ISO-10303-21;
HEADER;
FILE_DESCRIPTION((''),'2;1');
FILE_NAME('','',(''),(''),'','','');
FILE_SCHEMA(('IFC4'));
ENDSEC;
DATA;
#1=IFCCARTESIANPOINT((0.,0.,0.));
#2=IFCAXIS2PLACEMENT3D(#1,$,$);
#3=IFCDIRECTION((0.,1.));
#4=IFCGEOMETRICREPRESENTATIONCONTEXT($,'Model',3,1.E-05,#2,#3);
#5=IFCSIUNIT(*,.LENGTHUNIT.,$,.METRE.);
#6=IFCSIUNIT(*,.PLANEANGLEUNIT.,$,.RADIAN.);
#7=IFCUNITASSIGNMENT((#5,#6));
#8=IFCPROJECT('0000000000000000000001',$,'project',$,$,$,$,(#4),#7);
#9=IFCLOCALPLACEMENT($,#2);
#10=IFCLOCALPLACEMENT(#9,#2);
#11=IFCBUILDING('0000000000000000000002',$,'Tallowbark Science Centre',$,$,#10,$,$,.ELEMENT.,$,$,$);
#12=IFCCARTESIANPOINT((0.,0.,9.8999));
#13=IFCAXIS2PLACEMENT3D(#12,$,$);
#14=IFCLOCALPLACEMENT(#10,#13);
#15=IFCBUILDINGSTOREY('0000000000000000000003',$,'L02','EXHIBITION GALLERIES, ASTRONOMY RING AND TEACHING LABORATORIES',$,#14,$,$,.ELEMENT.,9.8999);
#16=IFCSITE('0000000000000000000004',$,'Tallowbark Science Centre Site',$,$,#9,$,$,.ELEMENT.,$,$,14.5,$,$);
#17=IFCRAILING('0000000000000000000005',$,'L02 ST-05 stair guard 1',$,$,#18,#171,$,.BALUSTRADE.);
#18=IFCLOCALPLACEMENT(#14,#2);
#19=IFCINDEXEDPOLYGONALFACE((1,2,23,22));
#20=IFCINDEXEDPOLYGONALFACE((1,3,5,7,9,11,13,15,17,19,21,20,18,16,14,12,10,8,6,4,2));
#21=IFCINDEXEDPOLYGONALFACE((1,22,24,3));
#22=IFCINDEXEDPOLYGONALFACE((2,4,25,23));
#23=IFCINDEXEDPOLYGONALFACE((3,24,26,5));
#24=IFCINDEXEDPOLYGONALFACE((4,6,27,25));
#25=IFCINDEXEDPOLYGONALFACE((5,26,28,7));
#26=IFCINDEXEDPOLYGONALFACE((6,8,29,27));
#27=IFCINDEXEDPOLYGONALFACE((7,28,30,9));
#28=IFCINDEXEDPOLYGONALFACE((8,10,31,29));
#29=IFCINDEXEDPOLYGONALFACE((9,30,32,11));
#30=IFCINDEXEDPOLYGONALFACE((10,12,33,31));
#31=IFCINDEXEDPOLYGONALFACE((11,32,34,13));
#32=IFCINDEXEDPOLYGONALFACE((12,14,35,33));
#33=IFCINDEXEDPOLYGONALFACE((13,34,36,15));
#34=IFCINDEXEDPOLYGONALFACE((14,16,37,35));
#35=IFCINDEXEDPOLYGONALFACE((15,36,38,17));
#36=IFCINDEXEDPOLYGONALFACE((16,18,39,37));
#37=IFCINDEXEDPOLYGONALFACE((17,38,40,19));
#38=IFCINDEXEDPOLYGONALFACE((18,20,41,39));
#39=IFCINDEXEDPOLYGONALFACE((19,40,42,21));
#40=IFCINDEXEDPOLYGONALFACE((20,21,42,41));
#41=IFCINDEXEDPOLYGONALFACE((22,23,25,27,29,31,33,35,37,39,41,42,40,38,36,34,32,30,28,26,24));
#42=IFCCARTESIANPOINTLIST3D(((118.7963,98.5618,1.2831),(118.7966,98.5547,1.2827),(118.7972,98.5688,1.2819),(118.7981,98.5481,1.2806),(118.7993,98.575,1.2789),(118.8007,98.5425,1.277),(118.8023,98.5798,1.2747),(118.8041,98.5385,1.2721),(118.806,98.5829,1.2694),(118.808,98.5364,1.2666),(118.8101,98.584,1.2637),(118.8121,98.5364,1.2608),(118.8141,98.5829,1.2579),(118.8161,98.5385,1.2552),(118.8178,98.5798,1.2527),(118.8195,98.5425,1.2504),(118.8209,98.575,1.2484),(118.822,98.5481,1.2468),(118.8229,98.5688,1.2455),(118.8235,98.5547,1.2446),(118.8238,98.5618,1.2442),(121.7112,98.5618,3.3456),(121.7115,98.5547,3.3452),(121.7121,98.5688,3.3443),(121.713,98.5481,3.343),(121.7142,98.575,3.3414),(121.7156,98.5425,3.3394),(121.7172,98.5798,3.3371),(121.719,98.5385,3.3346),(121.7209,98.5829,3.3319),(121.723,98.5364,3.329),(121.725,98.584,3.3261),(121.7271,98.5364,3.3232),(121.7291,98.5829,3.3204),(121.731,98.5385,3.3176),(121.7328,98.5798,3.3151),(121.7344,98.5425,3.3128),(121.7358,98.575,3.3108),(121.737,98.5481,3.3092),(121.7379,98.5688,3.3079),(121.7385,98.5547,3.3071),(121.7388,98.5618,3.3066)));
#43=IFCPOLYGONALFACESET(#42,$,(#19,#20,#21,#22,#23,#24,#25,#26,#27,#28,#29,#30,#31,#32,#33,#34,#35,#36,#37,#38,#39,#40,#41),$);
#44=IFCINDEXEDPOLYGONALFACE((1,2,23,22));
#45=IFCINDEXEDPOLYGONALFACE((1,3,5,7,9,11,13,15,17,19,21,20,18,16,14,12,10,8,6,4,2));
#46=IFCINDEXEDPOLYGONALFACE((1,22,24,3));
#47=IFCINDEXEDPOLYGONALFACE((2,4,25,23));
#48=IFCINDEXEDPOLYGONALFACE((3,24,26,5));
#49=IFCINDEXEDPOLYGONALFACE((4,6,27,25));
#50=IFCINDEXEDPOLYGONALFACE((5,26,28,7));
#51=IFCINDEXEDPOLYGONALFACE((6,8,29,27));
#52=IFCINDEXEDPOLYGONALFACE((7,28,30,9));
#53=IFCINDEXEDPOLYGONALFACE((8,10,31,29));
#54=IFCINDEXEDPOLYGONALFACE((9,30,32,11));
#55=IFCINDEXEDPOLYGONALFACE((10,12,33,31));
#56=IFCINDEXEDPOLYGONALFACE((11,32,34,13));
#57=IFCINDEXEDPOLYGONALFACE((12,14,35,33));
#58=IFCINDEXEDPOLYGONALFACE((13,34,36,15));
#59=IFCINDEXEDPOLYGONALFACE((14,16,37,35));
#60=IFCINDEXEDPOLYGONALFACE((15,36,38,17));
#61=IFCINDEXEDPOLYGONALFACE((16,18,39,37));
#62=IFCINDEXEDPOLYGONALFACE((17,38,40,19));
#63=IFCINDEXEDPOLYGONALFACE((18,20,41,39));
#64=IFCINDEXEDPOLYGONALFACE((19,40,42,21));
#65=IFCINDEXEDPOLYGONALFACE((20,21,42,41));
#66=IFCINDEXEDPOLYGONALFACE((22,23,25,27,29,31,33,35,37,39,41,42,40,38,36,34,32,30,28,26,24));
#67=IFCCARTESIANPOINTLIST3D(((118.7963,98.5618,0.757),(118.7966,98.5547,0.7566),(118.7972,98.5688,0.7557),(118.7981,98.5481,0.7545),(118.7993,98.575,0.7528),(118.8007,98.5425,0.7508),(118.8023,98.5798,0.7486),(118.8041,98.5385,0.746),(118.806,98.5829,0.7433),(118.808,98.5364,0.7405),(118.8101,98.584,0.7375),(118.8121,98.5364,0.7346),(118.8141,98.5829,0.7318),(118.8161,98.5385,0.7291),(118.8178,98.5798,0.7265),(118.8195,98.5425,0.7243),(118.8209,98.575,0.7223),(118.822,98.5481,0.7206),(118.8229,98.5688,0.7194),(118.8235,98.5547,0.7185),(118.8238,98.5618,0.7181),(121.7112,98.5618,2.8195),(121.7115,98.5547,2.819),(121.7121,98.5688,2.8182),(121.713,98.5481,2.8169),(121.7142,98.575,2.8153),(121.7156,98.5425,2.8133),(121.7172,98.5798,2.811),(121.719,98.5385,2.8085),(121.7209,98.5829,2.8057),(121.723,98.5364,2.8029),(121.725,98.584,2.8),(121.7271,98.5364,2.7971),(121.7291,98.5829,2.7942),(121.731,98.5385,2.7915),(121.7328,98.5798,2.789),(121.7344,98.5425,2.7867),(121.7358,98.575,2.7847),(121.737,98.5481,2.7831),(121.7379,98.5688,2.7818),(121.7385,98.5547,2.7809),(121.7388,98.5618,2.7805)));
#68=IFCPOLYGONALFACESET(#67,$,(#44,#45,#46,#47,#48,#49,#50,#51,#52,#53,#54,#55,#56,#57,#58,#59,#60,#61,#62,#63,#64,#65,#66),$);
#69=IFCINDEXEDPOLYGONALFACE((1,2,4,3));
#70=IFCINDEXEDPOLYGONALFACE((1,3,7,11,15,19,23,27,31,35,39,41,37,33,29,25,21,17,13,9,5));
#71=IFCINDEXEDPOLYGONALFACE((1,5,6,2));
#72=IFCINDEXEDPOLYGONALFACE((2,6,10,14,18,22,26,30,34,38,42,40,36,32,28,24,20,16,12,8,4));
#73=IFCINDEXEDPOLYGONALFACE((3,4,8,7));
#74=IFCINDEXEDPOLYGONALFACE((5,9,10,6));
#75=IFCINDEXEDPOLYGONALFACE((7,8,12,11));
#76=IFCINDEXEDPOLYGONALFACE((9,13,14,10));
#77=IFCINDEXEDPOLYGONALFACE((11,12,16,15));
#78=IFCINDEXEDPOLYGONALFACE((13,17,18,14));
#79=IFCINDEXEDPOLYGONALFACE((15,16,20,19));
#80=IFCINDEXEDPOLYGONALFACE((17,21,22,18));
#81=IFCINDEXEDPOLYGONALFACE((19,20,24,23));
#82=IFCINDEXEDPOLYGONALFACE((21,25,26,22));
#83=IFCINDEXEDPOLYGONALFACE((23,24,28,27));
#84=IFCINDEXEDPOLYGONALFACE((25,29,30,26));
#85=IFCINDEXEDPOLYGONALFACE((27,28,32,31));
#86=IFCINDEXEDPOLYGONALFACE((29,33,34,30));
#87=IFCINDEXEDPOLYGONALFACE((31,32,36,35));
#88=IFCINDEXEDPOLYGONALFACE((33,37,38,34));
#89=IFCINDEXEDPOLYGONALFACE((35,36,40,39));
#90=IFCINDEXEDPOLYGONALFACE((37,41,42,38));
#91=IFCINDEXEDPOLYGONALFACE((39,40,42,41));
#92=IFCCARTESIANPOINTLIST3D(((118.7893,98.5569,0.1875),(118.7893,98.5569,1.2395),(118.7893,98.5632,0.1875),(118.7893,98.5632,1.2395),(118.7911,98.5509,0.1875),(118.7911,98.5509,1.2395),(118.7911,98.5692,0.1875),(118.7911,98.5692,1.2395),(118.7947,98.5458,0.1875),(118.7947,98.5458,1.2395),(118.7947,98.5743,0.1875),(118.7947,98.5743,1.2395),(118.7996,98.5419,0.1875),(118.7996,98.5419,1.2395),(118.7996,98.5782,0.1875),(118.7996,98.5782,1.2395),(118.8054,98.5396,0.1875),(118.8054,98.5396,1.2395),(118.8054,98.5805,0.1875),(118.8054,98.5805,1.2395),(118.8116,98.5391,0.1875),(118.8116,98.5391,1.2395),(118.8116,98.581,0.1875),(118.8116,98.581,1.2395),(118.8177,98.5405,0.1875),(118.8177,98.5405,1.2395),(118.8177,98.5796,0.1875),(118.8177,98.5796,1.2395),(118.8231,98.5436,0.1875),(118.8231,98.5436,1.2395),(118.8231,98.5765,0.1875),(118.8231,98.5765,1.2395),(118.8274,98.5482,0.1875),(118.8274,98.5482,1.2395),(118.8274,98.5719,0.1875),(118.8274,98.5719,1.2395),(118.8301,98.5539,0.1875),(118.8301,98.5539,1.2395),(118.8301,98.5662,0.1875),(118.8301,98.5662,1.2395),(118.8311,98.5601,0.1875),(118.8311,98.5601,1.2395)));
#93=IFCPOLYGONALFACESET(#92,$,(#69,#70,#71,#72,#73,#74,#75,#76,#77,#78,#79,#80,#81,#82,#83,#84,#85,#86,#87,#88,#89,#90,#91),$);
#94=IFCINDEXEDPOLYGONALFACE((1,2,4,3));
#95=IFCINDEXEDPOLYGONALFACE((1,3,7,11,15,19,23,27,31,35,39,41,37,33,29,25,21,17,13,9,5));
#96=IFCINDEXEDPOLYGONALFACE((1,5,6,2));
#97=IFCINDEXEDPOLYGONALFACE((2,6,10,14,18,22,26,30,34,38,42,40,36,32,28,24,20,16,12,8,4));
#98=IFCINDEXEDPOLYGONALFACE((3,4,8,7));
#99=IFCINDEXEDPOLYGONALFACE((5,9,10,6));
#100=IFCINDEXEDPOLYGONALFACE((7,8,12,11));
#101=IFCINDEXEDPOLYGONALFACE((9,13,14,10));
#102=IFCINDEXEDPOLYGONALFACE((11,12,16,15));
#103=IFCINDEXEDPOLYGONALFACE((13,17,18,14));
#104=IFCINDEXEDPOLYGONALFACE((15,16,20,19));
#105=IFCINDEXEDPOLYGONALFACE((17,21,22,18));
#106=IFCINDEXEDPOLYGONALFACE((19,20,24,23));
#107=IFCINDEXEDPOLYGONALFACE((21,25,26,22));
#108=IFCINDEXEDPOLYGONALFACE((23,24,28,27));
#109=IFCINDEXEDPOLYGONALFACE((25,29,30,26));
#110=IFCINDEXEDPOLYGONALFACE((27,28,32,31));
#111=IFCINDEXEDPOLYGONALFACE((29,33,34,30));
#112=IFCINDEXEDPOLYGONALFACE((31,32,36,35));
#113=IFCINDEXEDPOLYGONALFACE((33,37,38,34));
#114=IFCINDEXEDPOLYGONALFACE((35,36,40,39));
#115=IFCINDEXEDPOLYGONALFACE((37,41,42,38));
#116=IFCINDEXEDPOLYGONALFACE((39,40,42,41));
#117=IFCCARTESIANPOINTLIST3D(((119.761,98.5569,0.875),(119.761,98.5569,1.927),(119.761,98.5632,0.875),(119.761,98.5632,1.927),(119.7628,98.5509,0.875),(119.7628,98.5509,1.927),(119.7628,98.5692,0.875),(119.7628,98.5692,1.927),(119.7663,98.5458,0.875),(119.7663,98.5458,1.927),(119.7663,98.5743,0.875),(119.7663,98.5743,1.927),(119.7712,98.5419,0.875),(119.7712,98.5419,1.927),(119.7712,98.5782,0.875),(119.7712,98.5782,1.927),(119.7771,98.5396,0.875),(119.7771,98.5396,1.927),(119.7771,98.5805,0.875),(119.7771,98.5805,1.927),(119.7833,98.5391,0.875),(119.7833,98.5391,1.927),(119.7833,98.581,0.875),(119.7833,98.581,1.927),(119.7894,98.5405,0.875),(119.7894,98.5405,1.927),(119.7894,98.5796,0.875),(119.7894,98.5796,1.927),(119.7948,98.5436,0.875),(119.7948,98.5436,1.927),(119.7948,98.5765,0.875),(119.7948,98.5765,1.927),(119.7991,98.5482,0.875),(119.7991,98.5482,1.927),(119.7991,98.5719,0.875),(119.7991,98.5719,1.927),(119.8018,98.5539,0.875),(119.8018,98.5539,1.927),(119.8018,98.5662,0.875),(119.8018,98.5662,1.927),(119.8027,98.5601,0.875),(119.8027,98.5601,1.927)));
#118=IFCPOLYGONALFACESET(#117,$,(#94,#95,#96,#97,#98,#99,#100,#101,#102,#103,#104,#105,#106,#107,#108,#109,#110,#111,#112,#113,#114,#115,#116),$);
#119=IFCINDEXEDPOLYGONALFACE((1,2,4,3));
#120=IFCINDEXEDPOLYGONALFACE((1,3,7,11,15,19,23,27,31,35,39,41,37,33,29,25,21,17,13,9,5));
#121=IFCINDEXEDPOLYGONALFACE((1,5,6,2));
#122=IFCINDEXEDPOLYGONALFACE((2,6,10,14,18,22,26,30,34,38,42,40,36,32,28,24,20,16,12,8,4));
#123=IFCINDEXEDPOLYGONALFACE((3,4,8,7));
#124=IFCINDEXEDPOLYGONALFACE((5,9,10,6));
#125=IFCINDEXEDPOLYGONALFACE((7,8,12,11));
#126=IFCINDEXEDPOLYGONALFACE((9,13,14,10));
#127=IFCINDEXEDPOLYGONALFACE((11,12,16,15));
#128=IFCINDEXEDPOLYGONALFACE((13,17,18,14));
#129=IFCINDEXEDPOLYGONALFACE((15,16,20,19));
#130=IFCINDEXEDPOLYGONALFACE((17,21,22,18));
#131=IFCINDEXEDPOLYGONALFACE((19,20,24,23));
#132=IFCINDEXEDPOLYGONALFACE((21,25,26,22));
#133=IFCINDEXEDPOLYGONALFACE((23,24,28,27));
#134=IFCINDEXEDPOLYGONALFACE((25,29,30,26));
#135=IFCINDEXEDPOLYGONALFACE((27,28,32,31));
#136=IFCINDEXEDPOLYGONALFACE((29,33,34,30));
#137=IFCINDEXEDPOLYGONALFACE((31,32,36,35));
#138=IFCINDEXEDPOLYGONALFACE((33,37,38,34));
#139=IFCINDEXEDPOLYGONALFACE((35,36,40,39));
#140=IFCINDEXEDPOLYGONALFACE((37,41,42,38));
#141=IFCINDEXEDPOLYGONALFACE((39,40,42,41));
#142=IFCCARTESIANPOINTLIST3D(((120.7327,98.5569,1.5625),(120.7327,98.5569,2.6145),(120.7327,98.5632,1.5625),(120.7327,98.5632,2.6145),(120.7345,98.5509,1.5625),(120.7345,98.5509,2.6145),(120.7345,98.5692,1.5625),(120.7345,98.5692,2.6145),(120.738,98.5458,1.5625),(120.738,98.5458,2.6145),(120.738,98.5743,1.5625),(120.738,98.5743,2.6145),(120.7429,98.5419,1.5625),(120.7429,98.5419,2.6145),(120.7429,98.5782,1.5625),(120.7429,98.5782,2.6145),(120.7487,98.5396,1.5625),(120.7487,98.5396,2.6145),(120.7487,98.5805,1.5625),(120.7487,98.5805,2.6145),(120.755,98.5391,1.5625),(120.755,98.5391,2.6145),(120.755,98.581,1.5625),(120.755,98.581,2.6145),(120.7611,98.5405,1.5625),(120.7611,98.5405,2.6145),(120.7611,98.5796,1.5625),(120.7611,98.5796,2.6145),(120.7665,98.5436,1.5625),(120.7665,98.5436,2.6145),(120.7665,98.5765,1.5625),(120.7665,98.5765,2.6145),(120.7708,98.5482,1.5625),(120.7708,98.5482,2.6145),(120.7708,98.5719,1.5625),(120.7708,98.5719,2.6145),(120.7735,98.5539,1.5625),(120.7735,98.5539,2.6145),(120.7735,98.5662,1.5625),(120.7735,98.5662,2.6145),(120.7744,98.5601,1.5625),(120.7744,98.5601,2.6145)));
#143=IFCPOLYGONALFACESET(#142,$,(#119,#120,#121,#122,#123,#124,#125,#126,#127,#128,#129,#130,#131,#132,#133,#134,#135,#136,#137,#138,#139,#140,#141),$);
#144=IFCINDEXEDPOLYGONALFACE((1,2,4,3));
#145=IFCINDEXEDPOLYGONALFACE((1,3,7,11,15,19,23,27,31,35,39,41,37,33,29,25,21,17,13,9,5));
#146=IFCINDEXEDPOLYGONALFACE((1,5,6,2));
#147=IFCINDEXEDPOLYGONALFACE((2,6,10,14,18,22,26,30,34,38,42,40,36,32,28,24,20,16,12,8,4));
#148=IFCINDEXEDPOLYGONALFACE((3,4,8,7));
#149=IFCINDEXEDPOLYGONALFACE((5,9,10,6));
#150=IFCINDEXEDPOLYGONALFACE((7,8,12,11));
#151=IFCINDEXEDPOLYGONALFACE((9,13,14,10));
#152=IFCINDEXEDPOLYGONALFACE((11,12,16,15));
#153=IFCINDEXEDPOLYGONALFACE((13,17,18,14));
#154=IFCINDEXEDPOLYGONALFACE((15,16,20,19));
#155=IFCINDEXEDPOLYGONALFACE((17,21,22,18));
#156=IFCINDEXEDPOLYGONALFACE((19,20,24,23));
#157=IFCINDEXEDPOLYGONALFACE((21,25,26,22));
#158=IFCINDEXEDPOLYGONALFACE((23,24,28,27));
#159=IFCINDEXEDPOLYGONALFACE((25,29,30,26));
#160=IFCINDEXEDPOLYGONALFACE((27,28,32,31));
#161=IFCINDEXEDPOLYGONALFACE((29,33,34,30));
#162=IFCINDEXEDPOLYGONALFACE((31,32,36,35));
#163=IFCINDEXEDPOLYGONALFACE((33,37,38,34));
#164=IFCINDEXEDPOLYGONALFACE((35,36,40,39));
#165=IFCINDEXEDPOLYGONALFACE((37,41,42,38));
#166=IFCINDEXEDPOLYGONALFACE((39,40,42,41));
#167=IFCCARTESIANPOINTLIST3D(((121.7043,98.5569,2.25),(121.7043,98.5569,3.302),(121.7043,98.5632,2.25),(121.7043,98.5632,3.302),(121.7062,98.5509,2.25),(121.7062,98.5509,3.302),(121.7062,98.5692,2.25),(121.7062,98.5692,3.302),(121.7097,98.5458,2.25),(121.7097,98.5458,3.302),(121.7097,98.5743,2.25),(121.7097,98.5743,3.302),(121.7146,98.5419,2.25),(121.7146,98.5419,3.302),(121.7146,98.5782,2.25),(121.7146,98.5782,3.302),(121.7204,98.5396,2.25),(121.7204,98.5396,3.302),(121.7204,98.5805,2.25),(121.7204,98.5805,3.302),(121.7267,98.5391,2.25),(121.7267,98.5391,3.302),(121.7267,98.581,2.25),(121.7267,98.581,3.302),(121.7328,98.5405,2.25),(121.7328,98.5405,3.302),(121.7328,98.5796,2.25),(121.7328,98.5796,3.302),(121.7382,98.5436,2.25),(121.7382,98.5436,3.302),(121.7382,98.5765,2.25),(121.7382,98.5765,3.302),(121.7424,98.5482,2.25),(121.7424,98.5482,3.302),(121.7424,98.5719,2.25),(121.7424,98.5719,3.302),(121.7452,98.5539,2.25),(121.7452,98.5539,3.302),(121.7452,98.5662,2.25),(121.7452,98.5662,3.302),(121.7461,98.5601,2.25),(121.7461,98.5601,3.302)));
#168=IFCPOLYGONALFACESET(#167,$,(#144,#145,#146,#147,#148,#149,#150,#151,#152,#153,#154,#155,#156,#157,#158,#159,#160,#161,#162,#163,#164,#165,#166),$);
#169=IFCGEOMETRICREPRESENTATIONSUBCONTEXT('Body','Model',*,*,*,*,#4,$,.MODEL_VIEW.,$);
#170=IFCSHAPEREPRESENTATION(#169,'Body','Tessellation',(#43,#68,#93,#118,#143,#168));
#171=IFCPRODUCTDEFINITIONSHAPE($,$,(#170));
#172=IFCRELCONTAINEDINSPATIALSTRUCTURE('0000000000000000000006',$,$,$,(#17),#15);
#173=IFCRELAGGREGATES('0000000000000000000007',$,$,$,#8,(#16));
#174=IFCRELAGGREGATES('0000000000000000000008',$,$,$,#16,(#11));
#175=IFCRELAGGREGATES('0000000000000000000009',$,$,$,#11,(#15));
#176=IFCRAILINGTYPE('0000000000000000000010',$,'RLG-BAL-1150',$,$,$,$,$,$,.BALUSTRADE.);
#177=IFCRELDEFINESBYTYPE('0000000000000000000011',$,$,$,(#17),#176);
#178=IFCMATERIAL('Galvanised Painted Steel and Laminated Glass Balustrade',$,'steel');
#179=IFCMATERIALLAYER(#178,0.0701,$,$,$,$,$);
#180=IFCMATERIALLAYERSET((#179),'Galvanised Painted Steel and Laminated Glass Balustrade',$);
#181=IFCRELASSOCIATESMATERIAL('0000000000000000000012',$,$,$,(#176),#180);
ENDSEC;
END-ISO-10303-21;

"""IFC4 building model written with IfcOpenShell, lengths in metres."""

from ifc_helpers import new_model, si_unit, direction, frame, origin, origin_2d, place, context, subcontext, project, spatial, circle, extrude, material, layer, layer_set, type_object, element, save


model = new_model("IFC4")

# Units and contexts
model_context = context("Model", 3, precision=1e-05, world=origin(), true_north=direction((0.0, 1.0)))
body_context = subcontext(model_context, "Body", "Model", "MODEL_VIEW")
ifc_project = project(units=[si_unit("LENGTHUNIT", "METRE"), si_unit("PLANEANGLEUNIT", "RADIAN")], contexts=[model_context])

# Site, building, storey
site_placement = place(None, origin())
site = spatial("IfcSite", under=ifc_project, at=site_placement, Name="Tallowbark Science Centre Site", CompositionType="ELEMENT", RefElevation=14.5)
building_placement = place(site_placement, origin())
building = spatial("IfcBuilding", under=site, at=building_placement, Name="Tallowbark Science Centre", CompositionType="ELEMENT")
storey_placement = place(building_placement, frame((0.0, 0.0, 9.8999)))
storey = spatial("IfcBuildingStorey", under=building, at=storey_placement, Name="L02", Description="EXHIBITION GALLERIES, ASTRONOMY RING AND TEACHING LABORATORIES", CompositionType="ELEMENT", Elevation=9.8999)

# Railing
ifc_material_1 = material(Name="Galvanised Painted Steel and Laminated Glass Balustrade", Category="steel")
ifc_layer_1 = layer(ifc_material_1, 0.0701)
ifc_layer_set_1 = layer_set([ifc_layer_1], Name="Galvanised Painted Steel and Laminated Glass Balustrade")
railing_type_1 = type_object("IfcRailingType", Name="RLG-BAL-1150", PredefinedType="BALUSTRADE", material=ifc_layer_set_1)
railing_1_placement = place(storey_placement, frame((118.8101, 98.5601, 0.1875)))
element("IfcRailing", 1, at=railing_1_placement, inside=storey, type_object=railing_type_1, Name="L02 ST-05 stair guard 1", PredefinedType="BALUSTRADE", context=body_context, shape_type="SweptSolid", body=[
    extrude(circle(Radius=0.0239, at=origin_2d()), frame((0.0, 0.0, 1.0762), z_axis=(0.816331, 0.0, 0.577585), x_axis=(0.0, 1.0, 0.0)), (0.0, 0.0, 1.0), 3.5708),
    extrude(circle(Radius=0.0239, at=origin_2d()), frame((0.0, 0.0, 0.55), z_axis=(0.816331, 0.0, 0.577585), x_axis=(0.0, 1.0, 0.0)), (0.0, 0.0, 1.0), 3.5708),
    extrude(circle(Radius=0.021, at=origin_2d()), origin(), (0.0, 0.0, 1.0), 1.052),
    extrude(circle(Radius=0.021, at=origin_2d()), frame((0.9717, 0.0, 0.6875)), (0.0, 0.0, 1.0), 1.052),
    extrude(circle(Radius=0.021, at=origin_2d()), frame((1.9434, 0.0, 1.375)), (0.0, 0.0, 1.0), 1.052),
    extrude(circle(Radius=0.021, at=origin_2d()), frame((2.915, 0.0, 2.0625)), (0.0, 0.0, 1.0), 1.052),
])

save(model, "model.ifc")
